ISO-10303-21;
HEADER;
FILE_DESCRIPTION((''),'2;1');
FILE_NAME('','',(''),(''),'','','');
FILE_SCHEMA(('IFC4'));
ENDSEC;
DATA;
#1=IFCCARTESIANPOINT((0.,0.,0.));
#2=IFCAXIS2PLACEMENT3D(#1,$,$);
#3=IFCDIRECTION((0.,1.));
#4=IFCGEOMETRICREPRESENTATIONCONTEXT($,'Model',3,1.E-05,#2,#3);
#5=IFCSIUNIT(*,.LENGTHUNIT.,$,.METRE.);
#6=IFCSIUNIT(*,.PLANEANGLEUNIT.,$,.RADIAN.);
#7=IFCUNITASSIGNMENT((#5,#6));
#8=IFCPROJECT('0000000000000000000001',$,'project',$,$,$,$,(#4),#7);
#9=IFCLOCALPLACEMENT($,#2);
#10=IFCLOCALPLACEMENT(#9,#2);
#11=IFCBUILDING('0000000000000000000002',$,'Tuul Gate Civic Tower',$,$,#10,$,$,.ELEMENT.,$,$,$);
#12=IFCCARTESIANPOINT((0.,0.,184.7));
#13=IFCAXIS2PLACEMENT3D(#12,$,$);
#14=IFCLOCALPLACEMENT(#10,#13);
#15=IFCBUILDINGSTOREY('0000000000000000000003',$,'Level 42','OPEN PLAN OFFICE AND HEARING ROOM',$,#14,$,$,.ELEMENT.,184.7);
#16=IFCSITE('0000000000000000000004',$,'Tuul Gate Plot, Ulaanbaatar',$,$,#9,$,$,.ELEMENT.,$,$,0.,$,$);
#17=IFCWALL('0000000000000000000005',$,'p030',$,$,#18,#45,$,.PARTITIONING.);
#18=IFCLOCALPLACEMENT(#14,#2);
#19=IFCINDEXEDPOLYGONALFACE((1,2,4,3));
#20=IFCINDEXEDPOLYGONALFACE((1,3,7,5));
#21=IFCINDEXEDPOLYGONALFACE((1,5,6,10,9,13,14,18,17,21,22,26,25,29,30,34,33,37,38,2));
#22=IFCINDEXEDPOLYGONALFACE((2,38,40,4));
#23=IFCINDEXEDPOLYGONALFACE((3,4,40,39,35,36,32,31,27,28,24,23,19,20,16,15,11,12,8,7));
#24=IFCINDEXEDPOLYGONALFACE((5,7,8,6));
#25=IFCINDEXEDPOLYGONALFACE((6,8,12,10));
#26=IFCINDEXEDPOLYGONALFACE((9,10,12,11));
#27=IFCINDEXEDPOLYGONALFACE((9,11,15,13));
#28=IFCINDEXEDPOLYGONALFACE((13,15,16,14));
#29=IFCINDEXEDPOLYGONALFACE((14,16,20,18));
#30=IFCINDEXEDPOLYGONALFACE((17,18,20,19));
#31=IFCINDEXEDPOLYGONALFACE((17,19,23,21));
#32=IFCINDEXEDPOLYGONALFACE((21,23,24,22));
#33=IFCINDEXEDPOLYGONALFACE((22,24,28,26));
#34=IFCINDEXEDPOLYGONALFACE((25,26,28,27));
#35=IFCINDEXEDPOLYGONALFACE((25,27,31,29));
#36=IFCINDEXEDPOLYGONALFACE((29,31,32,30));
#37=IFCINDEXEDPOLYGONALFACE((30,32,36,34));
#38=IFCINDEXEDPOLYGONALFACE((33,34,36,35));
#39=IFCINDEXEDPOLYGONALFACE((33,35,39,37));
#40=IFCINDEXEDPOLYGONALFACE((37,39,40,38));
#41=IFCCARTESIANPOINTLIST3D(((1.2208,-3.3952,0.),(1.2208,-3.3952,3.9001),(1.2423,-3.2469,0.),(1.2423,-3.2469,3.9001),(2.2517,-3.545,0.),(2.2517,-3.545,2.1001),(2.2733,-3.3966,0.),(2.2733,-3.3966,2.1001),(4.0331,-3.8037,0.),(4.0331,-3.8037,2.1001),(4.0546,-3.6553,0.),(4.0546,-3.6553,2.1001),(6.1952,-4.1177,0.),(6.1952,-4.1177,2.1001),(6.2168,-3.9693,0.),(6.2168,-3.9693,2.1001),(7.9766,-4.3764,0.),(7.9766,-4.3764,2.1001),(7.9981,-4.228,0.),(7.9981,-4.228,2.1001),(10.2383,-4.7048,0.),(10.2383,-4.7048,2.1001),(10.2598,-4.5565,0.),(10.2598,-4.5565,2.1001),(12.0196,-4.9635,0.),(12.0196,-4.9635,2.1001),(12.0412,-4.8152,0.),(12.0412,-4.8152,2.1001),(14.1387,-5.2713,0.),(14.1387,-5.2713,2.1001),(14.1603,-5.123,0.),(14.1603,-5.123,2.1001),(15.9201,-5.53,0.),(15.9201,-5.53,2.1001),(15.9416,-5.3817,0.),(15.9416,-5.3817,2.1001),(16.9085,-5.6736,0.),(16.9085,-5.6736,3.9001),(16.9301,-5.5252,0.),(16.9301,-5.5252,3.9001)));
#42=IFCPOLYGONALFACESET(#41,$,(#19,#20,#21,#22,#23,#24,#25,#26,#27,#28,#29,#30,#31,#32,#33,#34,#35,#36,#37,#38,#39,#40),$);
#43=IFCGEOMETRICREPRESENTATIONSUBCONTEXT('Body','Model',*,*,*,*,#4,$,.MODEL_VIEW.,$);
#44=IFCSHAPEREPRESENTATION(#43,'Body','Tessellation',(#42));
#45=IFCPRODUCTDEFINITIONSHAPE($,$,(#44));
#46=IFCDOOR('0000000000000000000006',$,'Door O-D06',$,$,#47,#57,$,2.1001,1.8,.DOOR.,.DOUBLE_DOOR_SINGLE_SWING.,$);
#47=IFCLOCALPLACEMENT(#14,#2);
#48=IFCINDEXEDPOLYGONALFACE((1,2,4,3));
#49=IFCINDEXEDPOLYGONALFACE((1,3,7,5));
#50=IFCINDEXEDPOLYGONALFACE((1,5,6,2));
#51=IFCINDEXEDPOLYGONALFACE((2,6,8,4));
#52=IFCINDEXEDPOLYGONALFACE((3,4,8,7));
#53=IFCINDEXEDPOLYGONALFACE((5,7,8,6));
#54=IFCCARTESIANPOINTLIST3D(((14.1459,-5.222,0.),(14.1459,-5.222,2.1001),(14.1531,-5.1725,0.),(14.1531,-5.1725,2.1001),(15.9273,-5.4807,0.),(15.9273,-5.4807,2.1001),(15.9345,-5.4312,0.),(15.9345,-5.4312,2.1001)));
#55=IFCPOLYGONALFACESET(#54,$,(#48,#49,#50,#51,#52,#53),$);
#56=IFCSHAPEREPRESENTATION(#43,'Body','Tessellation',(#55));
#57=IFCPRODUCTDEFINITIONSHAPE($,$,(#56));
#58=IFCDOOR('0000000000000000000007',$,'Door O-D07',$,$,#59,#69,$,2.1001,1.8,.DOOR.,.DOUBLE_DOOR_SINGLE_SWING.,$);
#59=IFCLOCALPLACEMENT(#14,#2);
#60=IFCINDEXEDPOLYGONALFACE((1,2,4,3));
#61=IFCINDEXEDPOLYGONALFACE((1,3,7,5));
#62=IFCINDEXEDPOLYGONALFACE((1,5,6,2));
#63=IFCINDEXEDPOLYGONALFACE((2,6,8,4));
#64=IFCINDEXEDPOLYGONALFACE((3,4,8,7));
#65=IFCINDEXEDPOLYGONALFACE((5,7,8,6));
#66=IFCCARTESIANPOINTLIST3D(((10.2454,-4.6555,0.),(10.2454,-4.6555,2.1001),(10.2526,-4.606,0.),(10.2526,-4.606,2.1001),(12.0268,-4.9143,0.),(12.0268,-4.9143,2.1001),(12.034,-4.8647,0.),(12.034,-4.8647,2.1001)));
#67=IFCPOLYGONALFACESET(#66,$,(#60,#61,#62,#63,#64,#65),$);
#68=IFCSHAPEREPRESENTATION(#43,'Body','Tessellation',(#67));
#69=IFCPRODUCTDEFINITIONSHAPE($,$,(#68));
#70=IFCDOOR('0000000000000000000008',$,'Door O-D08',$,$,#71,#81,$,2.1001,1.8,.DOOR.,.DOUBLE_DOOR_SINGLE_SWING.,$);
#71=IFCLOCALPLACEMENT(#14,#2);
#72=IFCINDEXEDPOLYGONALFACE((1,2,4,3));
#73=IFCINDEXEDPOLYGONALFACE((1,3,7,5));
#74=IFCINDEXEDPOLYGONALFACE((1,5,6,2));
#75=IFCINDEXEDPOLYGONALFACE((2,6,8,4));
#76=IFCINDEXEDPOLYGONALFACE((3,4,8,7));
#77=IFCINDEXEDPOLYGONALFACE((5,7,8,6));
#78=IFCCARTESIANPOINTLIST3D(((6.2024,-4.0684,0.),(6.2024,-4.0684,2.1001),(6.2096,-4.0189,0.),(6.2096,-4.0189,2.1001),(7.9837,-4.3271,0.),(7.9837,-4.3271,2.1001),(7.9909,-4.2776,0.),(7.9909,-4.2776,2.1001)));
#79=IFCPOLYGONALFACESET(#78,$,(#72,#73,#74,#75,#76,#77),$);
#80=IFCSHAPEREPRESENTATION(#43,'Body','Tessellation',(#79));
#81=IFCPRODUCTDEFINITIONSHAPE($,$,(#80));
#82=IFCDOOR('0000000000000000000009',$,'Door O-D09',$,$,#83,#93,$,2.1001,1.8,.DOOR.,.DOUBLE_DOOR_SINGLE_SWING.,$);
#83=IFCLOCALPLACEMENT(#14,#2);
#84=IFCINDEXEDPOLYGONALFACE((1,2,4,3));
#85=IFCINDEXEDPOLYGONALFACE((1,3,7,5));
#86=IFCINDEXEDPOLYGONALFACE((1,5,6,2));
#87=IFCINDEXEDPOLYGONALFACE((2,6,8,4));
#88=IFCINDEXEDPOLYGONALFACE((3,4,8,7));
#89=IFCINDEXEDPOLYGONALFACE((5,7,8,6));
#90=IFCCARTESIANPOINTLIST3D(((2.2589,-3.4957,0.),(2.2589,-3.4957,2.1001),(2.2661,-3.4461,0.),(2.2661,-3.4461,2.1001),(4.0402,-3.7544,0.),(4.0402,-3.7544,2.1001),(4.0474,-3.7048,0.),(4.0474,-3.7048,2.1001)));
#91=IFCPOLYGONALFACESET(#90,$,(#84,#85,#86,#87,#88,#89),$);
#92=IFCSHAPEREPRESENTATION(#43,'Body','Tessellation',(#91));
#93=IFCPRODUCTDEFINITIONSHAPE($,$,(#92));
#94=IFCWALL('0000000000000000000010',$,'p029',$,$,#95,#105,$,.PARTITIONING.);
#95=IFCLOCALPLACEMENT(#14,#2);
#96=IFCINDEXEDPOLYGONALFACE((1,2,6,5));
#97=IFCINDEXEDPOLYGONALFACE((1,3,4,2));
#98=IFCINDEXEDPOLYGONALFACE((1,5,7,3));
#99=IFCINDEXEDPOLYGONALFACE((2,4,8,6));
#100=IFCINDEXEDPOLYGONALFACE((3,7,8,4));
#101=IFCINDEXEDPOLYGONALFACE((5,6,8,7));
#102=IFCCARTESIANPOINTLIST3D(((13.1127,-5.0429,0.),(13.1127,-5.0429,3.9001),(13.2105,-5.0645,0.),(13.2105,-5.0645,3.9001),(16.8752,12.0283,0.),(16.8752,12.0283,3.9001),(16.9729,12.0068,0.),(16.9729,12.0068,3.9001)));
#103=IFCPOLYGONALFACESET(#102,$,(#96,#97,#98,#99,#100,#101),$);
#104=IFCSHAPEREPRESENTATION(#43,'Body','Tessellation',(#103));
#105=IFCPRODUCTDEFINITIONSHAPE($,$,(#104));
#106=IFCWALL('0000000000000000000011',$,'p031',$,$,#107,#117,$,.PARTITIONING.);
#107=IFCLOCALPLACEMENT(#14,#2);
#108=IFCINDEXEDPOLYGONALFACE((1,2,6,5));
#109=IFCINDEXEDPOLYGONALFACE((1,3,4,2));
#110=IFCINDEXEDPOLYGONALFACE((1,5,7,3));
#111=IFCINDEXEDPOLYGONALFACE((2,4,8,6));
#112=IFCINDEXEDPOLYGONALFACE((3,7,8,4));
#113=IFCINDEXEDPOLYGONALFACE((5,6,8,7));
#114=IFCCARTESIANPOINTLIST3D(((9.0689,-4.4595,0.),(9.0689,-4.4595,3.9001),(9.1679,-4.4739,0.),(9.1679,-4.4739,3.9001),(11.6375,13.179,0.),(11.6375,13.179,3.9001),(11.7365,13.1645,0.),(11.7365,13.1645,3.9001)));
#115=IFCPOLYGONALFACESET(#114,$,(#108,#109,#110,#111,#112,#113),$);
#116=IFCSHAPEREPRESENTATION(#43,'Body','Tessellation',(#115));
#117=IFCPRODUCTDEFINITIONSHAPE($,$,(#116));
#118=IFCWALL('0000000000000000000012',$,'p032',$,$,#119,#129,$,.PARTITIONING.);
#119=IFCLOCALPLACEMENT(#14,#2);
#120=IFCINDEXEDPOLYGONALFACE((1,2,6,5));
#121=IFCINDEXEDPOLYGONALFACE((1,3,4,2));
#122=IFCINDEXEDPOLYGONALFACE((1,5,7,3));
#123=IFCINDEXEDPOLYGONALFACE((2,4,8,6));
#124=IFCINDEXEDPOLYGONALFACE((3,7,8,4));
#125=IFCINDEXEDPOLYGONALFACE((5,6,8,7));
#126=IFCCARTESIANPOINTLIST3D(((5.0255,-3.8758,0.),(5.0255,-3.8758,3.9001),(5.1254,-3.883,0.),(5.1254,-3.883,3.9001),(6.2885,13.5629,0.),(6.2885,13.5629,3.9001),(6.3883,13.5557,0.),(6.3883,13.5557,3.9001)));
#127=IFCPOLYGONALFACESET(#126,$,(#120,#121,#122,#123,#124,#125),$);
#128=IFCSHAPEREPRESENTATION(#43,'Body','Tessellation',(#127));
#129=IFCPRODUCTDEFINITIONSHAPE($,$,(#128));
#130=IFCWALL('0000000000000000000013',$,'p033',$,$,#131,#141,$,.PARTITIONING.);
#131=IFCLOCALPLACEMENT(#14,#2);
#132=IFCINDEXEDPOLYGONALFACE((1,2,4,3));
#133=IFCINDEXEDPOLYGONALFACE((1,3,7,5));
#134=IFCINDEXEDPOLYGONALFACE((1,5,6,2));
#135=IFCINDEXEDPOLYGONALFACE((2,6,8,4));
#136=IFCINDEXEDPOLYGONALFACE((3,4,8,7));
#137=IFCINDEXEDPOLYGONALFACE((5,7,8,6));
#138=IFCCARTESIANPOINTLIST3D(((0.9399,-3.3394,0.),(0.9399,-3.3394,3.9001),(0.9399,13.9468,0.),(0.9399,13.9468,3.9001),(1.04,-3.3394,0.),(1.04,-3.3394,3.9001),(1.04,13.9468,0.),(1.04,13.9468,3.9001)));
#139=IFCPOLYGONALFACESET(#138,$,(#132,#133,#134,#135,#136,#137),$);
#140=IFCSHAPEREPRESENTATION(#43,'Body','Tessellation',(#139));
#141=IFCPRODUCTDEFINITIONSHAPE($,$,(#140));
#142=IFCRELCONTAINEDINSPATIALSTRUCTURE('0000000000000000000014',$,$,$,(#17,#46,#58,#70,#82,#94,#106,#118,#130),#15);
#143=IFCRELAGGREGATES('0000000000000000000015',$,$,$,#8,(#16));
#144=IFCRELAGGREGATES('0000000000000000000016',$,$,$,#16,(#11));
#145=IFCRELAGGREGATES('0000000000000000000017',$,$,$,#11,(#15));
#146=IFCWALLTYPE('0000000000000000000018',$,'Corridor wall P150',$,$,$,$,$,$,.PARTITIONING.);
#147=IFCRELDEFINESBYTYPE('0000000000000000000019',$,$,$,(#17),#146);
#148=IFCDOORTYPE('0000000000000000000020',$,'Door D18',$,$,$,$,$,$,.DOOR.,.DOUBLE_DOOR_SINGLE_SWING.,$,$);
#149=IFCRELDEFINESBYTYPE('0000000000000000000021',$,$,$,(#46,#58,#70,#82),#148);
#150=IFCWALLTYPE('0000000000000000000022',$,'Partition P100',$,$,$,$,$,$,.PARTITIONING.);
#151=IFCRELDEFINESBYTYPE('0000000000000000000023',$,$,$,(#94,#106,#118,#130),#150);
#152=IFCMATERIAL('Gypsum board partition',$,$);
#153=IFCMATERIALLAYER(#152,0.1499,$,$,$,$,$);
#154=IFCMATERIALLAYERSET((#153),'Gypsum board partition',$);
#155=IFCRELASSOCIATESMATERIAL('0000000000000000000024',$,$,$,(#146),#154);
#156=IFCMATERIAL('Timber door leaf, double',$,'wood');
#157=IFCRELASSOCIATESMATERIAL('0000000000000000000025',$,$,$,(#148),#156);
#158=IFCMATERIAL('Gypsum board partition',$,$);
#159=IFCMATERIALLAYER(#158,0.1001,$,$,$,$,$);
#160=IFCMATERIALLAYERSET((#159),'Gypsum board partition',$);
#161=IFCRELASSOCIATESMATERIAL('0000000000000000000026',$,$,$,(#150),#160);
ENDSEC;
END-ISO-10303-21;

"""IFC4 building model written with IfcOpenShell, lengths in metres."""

from ifc_helpers import new_model, si_unit, direction, frame, frame_2d, origin, place, context, subcontext, project, spatial, rectangle, extrude, material, layer, layer_set, type_object, element, fill, save


model = new_model("IFC4")

# Units and contexts
model_context = context("Model", 3, precision=1e-05, world=origin(), true_north=direction((0.0, 1.0)))
body_context = subcontext(model_context, "Body", "Model", "MODEL_VIEW")
ifc_project = project(units=[si_unit("LENGTHUNIT", "METRE"), si_unit("PLANEANGLEUNIT", "RADIAN")], contexts=[model_context])

# Site, building, storey
site_placement = place(None, origin())
site = spatial("IfcSite", under=ifc_project, at=site_placement, Name="Tuul Gate Plot, Ulaanbaatar", CompositionType="ELEMENT", RefElevation=0.0)
building_placement = place(site_placement, origin())
building = spatial("IfcBuilding", under=site, at=building_placement, Name="Tuul Gate Civic Tower", CompositionType="ELEMENT")
storey_placement = place(building_placement, frame((0.0, 0.0, 184.7)))
storey = spatial("IfcBuildingStorey", under=building, at=storey_placement, Name="Level 42", Description="OPEN PLAN OFFICE AND HEARING ROOM", CompositionType="ELEMENT", Elevation=184.7)

# Shared definitions
ifc_material_1 = material(Name="Gypsum board partition")
ifc_layer_1 = layer(ifc_material_1, 0.1499)
ifc_layer_set_1 = layer_set([ifc_layer_1], Name="Gypsum board partition")
wall_type_1 = type_object("IfcWallType", Name="Corridor wall P150", PredefinedType="PARTITIONING", material=ifc_layer_set_1)
ifc_material_2 = material(Name="Timber door leaf, double", Category="wood")
door_type = type_object("IfcDoorType", Name="Door D18", OperationType="DOUBLE_DOOR_SINGLE_SWING", PredefinedType="DOOR", material=ifc_material_2)

# Wall, openings, doors
wall_1_placement = place(storey_placement, frame((1.2314, -3.321, 0.0), z_axis=(0.0, 0.0, 1.0), x_axis=(0.989618, -0.143722, 0.0)))
wall_1 = element("IfcWall", 1, at=wall_1_placement, inside=storey, type_object=wall_type_1, Name="p030", PredefinedType="PARTITIONING", context=body_context, shape_type="SweptSolid", body=[
    extrude(rectangle(XDim=15.8523, YDim=0.1499, at=frame_2d((7.9263, 0.0))), origin(), (0.0, 0.0, 1.0), 3.9001),
])
opening_1_placement = place(wall_1_placement, frame((13.0537, 0.0, 0.0)))
opening_1 = element("IfcOpeningElement", 2, at=opening_1_placement, cuts=wall_1, PredefinedType="OPENING", context=body_context, shape_type="SweptSolid", body=[
    extrude(rectangle(XDim=1.8, YDim=2.1001, at=frame_2d((0.8999, 1.05))), frame((0.0, 0.085, 0.0), z_axis=(0.0, -1.0, 0.0), x_axis=(1.0, 0.0, 0.0)), (0.0, 0.0, 1.0), 0.1699),
])
opening_2_placement = place(wall_1_placement, frame((9.1123, 0.0, 0.0)))
opening_2 = element("IfcOpeningElement", 3, at=opening_2_placement, cuts=wall_1, PredefinedType="OPENING", context=body_context, shape_type="SweptSolid", body=[
    extrude(rectangle(XDim=1.8, YDim=2.1001, at=frame_2d((0.8999, 1.05))), frame((0.0, 0.085, 0.0), z_axis=(0.0, -1.0, 0.0), x_axis=(1.0, 0.0, 0.0)), (0.0, 0.0, 1.0), 0.1699),
])
opening_3_placement = place(wall_1_placement, frame((5.0269, 0.0, 0.0)))
opening_3 = element("IfcOpeningElement", 4, at=opening_3_placement, cuts=wall_1, PredefinedType="OPENING", context=body_context, shape_type="SweptSolid", body=[
    extrude(rectangle(XDim=1.8, YDim=2.1001, at=frame_2d((0.8999, 1.05))), frame((0.0, 0.085, 0.0), z_axis=(0.0, -1.0, 0.0), x_axis=(1.0, 0.0, 0.0)), (0.0, 0.0, 1.0), 0.1699),
])
opening_4_placement = place(wall_1_placement, frame((1.042, 0.0, 0.0)))
opening_4 = element("IfcOpeningElement", 5, at=opening_4_placement, cuts=wall_1, PredefinedType="OPENING", context=body_context, shape_type="SweptSolid", body=[
    extrude(rectangle(XDim=1.8, YDim=2.1001, at=frame_2d((0.8999, 1.05))), frame((0.0, 0.085, 0.0), z_axis=(0.0, -1.0, 0.0), x_axis=(1.0, 0.0, 0.0)), (0.0, 0.0, 1.0), 0.1699),
])
door_1_placement = place(opening_1_placement, origin())
door_1 = element("IfcDoor", 6, at=door_1_placement, inside=storey, type_object=door_type, Name="Door O-D06", OperationType="DOUBLE_DOOR_SINGLE_SWING", OverallHeight=2.1001, OverallWidth=1.8, PredefinedType="DOOR", context=body_context, shape_type="SweptSolid", body=[
    extrude(rectangle(XDim=1.8, YDim=2.1001, at=frame_2d((0.8999, 1.05))), frame((0.0, 0.0249, 0.0), z_axis=(0.0, -1.0, 0.0), x_axis=(1.0, 0.0, 0.0)), (0.0, 0.0, 1.0), 0.05),
])
fill(opening_1, door_1)
door_2_placement = place(opening_2_placement, origin())
door_2 = element("IfcDoor", 7, at=door_2_placement, inside=storey, type_object=door_type, Name="Door O-D07", OperationType="DOUBLE_DOOR_SINGLE_SWING", OverallHeight=2.1001, OverallWidth=1.8, PredefinedType="DOOR", context=body_context, shape_type="SweptSolid", body=[
    extrude(rectangle(XDim=1.8, YDim=2.1001, at=frame_2d((0.8999, 1.05))), frame((0.0, 0.0249, 0.0), z_axis=(0.0, -1.0, 0.0), x_axis=(1.0, 0.0, 0.0)), (0.0, 0.0, 1.0), 0.05),
])
fill(opening_2, door_2)
door_3_placement = place(opening_3_placement, origin())
door_3 = element("IfcDoor", 8, at=door_3_placement, inside=storey, type_object=door_type, Name="Door O-D08", OperationType="DOUBLE_DOOR_SINGLE_SWING", OverallHeight=2.1001, OverallWidth=1.8, PredefinedType="DOOR", context=body_context, shape_type="SweptSolid", body=[
    extrude(rectangle(XDim=1.8, YDim=2.1001, at=frame_2d((0.8999, 1.05))), frame((0.0, 0.0249, 0.0), z_axis=(0.0, -1.0, 0.0), x_axis=(1.0, 0.0, 0.0)), (0.0, 0.0, 1.0), 0.05),
])
fill(opening_3, door_3)
door_4_placement = place(opening_4_placement, origin())
door_4 = element("IfcDoor", 9, at=door_4_placement, inside=storey, type_object=door_type, Name="Door O-D09", OperationType="DOUBLE_DOOR_SINGLE_SWING", OverallHeight=2.1001, OverallWidth=1.8, PredefinedType="DOOR", context=body_context, shape_type="SweptSolid", body=[
    extrude(rectangle(XDim=1.8, YDim=2.1001, at=frame_2d((0.8999, 1.05))), frame((0.0, 0.0249, 0.0), z_axis=(0.0, -1.0, 0.0), x_axis=(1.0, 0.0, 0.0)), (0.0, 0.0, 1.0), 0.05),
])
fill(opening_4, door_4)

# Walls
ifc_material_3 = material(Name="Gypsum board partition")
ifc_layer_2 = layer(ifc_material_3, 0.1001)
ifc_layer_set_2 = layer_set([ifc_layer_2], Name="Gypsum board partition")
wall_type_2 = type_object("IfcWallType", Name="Partition P100", PredefinedType="PARTITIONING", material=ifc_layer_set_2)
wall_2_placement = place(storey_placement, frame((13.1616, -5.0537, 0.0), z_axis=(0.0, 0.0, 1.0), x_axis=(0.215231, 0.976563, 0.0)))
element("IfcWall", 10, at=wall_2_placement, inside=storey, type_object=wall_type_2, Name="p029", PredefinedType="PARTITIONING", context=body_context, shape_type="SweptSolid", body=[
    extrude(rectangle(XDim=17.481, YDim=0.1001, at=frame_2d((8.7405, 0.0))), origin(), (0.0, 0.0, 1.0), 3.9001),
])
wall_3_placement = place(storey_placement, frame((9.1184, -4.4666, 0.0), z_axis=(0.0, 0.0, 1.0), x_axis=(0.144105, 0.989562, 0.0)))
element("IfcWall", 11, at=wall_3_placement, inside=storey, type_object=wall_type_2, Name="p031", PredefinedType="PARTITIONING", context=body_context, shape_type="SweptSolid", body=[
    extrude(rectangle(XDim=17.8245, YDim=0.1001, at=frame_2d((8.9121, 0.0))), origin(), (0.0, 0.0, 1.0), 3.9001),
])
wall_4_placement = place(storey_placement, frame((5.0754, -3.8794, 0.0), z_axis=(0.0, 0.0, 1.0), x_axis=(0.072232, 0.997388, 0.0)))
element("IfcWall", 12, at=wall_4_placement, inside=storey, type_object=wall_type_2, Name="p032", PredefinedType="PARTITIONING", context=body_context, shape_type="SweptSolid", body=[
    extrude(rectangle(XDim=17.4844, YDim=0.1001, at=frame_2d((8.7422, 0.0))), origin(), (0.0, 0.0, 1.0), 3.9001),
])
wall_5_placement = place(storey_placement, frame((0.99, -3.3394, 0.0), z_axis=(0.0, 0.0, 1.0), x_axis=(0.0, 1.0, 0.0)))
element("IfcWall", 13, at=wall_5_placement, inside=storey, type_object=wall_type_2, Name="p033", PredefinedType="PARTITIONING", context=body_context, shape_type="SweptSolid", body=[
    extrude(rectangle(XDim=17.2861, YDim=0.1001, at=frame_2d((8.6431, 0.0))), origin(), (0.0, 0.0, 1.0), 3.9001),
])

save(model, "model.ifc")
